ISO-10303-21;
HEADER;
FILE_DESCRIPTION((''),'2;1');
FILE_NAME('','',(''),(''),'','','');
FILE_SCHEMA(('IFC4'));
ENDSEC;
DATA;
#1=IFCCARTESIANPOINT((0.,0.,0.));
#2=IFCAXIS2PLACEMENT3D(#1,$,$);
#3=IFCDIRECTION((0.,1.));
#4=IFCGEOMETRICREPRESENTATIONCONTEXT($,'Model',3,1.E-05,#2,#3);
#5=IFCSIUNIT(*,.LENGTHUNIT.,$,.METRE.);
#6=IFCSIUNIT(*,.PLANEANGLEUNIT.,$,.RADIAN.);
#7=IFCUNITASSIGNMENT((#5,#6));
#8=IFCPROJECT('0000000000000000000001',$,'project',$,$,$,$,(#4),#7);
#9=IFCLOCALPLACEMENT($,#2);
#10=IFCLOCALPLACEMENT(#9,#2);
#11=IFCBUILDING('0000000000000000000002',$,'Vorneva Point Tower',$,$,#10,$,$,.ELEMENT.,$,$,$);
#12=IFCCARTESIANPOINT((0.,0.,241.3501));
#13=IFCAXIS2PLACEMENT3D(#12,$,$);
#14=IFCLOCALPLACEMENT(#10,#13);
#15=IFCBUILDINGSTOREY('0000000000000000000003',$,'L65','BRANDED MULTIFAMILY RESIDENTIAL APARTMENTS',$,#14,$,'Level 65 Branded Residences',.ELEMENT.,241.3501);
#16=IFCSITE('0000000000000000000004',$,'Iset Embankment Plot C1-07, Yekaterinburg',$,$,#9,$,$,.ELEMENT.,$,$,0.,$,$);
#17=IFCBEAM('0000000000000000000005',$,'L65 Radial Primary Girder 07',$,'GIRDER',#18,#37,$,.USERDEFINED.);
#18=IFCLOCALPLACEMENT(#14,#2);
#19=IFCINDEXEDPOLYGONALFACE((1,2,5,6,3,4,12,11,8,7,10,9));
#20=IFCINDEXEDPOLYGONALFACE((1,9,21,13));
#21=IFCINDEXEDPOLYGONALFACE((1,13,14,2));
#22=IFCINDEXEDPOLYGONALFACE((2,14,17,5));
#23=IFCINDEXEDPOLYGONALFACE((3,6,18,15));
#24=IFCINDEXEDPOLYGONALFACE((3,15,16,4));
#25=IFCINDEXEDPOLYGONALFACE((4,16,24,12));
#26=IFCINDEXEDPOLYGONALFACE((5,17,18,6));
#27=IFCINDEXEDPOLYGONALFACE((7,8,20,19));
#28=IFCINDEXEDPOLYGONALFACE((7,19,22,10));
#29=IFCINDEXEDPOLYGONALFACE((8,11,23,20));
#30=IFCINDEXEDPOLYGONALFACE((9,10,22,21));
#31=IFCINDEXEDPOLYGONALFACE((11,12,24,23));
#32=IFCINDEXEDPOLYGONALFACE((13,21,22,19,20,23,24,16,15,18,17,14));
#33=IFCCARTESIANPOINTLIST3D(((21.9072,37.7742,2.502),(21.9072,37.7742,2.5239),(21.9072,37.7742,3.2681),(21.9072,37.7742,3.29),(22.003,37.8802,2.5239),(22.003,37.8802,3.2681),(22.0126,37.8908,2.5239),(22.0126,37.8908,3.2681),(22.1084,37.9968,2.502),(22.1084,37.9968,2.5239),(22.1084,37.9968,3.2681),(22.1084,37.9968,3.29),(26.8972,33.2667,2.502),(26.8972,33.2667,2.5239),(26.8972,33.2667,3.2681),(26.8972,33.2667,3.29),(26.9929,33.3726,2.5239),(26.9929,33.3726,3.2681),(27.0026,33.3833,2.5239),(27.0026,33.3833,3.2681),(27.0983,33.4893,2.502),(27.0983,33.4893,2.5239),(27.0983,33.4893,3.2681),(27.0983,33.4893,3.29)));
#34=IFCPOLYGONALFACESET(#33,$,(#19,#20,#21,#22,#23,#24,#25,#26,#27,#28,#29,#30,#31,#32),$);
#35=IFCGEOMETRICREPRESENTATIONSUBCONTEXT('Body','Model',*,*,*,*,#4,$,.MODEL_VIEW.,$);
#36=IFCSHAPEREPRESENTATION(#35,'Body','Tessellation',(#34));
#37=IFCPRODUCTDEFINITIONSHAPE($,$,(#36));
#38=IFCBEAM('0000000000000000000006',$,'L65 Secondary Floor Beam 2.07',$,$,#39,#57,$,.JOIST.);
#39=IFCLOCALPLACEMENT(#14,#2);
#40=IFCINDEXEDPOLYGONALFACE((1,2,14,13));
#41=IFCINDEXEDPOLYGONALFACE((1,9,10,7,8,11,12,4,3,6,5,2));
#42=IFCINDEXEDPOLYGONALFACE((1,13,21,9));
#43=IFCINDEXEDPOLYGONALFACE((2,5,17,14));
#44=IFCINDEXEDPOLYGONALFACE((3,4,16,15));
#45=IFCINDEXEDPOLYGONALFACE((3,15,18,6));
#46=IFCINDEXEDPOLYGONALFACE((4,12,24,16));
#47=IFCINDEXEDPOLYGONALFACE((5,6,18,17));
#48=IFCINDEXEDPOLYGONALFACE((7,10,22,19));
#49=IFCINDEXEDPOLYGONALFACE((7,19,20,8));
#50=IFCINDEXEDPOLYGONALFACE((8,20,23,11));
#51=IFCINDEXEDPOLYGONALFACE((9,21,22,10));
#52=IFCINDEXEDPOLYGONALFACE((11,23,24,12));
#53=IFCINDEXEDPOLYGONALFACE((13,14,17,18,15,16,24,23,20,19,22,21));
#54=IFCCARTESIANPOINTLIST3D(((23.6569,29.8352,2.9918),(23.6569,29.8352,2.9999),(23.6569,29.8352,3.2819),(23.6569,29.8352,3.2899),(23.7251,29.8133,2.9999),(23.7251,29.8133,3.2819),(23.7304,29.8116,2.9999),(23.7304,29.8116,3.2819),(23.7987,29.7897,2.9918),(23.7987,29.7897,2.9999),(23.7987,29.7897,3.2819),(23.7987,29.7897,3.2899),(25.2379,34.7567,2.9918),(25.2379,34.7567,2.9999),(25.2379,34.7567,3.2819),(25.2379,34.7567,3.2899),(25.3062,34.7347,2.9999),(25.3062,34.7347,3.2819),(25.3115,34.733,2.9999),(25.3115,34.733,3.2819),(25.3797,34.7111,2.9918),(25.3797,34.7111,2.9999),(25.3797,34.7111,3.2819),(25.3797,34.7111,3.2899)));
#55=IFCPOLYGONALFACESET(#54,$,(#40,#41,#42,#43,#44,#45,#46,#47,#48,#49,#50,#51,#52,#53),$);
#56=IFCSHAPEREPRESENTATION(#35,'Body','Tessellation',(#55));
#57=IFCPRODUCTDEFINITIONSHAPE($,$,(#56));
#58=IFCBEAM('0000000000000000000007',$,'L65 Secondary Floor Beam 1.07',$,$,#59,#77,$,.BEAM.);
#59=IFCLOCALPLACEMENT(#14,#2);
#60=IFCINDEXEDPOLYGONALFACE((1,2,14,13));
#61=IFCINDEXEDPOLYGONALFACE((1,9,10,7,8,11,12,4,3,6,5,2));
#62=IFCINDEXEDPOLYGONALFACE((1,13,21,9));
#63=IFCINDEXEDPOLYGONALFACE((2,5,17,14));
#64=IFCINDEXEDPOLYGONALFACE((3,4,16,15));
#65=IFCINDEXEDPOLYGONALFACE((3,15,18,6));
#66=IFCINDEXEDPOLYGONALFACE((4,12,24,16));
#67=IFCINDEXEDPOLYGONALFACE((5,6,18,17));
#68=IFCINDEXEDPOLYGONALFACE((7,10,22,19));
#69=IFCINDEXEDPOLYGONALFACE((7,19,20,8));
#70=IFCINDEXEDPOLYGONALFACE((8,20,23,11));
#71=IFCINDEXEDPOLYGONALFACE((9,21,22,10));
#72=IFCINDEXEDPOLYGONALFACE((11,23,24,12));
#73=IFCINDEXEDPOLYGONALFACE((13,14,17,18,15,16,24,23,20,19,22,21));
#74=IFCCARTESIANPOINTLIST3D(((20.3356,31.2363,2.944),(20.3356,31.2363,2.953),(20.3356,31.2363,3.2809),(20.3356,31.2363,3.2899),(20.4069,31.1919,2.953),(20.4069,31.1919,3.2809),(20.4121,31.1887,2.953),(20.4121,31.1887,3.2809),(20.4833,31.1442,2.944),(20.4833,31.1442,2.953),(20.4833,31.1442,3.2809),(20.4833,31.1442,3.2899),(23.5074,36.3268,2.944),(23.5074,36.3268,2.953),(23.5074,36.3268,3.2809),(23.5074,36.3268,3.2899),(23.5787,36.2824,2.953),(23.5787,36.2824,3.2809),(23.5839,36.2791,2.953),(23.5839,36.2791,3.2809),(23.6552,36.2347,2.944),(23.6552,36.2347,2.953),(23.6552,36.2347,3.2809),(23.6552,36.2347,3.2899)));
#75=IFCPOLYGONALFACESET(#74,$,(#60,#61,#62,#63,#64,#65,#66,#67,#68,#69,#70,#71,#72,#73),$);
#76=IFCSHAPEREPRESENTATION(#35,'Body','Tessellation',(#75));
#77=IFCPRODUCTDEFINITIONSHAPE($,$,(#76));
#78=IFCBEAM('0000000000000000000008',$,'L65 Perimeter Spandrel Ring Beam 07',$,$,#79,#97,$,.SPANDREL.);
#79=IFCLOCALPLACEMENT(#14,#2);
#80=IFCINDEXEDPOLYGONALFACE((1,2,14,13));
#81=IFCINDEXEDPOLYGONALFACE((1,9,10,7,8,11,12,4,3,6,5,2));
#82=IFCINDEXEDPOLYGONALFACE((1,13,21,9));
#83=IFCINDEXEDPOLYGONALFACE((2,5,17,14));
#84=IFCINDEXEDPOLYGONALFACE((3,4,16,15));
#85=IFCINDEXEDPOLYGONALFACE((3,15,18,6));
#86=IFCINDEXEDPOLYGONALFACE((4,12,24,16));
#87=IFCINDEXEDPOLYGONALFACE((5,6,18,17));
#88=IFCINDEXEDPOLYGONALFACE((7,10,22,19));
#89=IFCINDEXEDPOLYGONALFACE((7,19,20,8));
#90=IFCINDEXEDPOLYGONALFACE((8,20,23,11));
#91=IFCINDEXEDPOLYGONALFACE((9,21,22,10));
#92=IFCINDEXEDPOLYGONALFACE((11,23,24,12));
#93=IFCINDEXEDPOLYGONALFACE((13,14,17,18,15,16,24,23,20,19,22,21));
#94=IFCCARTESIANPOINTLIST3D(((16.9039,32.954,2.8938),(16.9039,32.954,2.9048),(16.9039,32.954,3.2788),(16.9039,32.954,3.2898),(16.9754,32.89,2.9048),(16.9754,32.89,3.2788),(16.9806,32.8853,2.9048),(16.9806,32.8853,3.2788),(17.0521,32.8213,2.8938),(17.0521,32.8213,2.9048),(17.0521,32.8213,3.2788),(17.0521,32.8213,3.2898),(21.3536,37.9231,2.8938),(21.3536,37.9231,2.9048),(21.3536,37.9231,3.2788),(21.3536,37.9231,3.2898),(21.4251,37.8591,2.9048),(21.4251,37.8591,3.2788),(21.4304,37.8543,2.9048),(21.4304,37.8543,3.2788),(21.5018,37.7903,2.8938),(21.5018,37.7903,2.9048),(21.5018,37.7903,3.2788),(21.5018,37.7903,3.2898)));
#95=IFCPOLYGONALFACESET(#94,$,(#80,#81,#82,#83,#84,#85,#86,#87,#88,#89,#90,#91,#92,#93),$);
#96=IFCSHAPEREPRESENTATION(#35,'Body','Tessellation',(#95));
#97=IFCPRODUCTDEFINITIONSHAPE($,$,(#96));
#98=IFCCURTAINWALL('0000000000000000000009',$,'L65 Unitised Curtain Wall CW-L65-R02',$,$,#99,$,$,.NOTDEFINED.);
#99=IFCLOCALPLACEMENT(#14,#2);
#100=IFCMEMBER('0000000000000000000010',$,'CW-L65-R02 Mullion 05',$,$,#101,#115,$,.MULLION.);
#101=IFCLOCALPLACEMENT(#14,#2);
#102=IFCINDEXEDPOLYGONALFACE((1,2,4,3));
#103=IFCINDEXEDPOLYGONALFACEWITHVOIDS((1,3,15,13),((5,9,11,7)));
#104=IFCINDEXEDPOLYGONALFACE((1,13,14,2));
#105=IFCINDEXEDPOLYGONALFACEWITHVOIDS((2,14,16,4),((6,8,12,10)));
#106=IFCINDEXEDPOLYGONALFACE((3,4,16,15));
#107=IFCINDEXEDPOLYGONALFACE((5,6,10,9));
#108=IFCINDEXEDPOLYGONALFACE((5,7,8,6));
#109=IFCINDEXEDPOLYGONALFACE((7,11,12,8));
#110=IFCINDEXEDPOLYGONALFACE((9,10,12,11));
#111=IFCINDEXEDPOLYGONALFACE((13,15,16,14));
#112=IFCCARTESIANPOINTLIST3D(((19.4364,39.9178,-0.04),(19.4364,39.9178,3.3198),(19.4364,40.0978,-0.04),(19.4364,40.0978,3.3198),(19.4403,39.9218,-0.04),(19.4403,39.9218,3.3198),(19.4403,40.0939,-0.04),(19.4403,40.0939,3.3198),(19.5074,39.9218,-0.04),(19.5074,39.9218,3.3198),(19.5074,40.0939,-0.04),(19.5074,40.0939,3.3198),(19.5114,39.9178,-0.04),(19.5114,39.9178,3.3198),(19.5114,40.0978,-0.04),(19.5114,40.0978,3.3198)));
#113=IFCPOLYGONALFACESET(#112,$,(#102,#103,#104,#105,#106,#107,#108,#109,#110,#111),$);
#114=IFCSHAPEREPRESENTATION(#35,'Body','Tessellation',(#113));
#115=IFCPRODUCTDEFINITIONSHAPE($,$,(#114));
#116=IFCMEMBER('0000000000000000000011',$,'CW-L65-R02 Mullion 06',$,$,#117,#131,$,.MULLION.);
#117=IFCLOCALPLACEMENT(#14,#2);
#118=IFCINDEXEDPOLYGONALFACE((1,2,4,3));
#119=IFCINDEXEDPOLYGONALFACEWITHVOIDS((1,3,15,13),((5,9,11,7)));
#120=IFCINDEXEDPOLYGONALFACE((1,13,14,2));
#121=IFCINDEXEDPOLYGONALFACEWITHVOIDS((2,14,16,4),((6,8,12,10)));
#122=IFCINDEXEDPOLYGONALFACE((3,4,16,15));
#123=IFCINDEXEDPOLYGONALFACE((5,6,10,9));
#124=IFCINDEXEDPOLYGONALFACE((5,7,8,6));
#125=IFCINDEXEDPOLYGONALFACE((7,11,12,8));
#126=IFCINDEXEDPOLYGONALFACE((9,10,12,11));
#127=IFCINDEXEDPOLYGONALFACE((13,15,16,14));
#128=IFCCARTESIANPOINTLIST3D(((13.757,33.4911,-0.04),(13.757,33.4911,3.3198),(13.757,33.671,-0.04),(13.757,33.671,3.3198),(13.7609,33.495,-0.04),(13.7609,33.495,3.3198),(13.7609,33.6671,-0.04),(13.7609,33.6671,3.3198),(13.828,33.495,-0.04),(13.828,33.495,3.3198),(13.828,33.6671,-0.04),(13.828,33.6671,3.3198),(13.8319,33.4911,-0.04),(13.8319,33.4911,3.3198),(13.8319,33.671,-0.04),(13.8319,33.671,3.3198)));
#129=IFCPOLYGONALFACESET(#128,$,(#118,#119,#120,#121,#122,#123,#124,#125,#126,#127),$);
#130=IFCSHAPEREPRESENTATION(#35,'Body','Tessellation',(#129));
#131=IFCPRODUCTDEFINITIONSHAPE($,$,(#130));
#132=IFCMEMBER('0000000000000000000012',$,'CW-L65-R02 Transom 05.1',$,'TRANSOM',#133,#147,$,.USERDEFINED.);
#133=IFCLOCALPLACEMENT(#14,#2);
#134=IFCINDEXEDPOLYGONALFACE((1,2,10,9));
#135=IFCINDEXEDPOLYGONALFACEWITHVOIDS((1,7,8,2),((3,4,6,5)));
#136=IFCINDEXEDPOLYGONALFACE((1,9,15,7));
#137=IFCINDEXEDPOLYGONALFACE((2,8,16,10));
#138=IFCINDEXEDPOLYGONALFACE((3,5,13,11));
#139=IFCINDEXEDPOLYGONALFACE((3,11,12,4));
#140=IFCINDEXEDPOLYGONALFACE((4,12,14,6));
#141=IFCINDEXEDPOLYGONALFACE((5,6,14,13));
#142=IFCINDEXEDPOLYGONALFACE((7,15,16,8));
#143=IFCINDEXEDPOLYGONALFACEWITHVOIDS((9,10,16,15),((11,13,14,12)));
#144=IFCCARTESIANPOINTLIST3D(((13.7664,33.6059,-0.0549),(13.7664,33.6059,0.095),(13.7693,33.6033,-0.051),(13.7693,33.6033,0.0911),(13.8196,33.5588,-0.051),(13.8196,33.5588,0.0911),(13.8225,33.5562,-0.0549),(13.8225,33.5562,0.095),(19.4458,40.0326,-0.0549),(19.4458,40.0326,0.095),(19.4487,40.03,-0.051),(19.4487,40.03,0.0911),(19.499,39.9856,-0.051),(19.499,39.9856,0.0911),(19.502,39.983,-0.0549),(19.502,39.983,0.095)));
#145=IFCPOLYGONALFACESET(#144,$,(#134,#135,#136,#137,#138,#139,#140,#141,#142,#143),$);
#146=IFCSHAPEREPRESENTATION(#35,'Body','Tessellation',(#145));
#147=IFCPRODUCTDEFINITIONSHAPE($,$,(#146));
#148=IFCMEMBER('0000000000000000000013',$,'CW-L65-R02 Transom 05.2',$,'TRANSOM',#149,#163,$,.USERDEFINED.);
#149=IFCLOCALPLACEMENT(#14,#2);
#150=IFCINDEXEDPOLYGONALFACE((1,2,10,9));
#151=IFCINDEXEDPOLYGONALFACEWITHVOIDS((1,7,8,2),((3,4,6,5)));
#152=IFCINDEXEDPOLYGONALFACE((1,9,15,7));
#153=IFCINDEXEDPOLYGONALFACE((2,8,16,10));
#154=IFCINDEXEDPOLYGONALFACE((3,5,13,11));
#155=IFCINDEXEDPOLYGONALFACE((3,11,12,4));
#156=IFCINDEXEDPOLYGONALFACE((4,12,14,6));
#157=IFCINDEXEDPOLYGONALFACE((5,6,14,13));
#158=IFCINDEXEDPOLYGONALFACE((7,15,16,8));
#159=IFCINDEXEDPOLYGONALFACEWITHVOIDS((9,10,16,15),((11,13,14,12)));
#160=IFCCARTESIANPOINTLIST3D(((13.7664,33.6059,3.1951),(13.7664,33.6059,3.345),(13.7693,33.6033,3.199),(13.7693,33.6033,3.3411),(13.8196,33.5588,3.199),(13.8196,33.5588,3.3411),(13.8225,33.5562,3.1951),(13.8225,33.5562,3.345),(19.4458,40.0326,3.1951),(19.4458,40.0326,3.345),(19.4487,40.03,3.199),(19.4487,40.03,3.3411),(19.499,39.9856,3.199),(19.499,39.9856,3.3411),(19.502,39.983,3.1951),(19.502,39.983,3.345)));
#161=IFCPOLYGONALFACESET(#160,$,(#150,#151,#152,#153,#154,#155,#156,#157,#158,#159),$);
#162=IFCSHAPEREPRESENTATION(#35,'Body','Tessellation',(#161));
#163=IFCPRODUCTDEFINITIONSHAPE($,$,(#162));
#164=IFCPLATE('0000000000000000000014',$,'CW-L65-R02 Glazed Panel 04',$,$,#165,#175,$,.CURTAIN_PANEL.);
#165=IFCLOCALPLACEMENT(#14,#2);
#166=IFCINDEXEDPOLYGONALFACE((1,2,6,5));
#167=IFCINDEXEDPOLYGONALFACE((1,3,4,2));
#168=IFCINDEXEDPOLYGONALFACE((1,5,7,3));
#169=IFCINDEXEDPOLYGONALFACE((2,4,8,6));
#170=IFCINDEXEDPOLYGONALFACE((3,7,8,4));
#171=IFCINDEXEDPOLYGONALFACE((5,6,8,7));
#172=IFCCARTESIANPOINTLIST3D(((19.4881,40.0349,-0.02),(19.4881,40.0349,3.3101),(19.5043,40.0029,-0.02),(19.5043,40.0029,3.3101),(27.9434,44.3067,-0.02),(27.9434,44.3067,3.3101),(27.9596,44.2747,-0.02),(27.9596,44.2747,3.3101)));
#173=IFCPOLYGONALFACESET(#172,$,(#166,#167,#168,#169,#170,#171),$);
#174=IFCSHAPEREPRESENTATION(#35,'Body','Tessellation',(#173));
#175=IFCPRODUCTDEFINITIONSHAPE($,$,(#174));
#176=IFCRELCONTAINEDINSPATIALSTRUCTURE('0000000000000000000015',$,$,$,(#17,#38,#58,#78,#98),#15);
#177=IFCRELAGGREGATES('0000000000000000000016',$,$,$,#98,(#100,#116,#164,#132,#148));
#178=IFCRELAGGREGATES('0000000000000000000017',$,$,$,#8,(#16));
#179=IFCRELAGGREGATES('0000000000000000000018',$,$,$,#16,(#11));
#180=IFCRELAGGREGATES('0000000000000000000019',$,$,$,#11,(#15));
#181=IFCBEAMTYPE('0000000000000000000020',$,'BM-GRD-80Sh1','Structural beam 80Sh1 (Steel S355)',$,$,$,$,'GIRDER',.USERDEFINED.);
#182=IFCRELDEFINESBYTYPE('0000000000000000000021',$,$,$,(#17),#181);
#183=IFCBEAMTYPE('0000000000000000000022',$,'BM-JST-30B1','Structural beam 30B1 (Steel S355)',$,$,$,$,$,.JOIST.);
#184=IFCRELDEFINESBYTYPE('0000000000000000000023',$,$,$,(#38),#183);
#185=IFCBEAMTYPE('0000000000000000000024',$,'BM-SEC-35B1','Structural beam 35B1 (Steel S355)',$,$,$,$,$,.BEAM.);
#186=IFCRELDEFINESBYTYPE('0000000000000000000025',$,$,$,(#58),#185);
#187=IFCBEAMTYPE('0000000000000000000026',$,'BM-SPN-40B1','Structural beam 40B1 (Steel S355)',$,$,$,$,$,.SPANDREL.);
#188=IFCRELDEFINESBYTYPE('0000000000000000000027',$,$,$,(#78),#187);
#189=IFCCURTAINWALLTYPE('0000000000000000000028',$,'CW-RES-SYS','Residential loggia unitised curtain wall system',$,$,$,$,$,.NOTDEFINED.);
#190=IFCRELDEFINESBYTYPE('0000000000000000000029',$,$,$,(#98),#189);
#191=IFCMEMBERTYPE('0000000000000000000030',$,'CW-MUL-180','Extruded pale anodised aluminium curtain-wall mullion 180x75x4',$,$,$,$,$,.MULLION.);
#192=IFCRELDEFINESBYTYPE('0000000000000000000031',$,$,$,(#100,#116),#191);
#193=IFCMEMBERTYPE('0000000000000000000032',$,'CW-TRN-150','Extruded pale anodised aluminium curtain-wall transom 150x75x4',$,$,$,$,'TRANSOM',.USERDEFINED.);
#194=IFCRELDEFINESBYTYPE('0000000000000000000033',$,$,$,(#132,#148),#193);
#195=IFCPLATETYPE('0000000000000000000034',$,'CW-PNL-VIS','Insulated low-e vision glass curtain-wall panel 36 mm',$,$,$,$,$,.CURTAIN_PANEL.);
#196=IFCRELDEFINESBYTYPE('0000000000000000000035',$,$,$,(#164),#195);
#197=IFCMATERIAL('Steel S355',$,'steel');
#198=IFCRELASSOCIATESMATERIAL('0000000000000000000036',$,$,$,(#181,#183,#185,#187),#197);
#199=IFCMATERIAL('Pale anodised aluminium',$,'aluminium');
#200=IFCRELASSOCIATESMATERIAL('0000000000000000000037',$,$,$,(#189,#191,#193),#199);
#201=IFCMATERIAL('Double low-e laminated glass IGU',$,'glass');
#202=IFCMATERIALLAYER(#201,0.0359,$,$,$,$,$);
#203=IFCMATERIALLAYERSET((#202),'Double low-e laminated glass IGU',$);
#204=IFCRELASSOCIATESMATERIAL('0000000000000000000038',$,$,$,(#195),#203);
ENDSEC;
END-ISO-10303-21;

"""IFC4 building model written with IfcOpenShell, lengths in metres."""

from ifc_helpers import new_model, si_unit, direction, frame, origin, origin_2d, place, context, subcontext, project, spatial, rectangle, hollow_rectangle, i_section, extrude, material, layer, layer_set, material_profile, profile_set, type_object, element, aggregate, save


model = new_model("IFC4")

# Units and contexts
model_context = context("Model", 3, precision=1e-05, world=origin(), true_north=direction((0.0, 1.0)))
body_context = subcontext(model_context, "Body", "Model", "MODEL_VIEW")
ifc_project = project(units=[si_unit("LENGTHUNIT", "METRE"), si_unit("PLANEANGLEUNIT", "RADIAN")], contexts=[model_context])

# Site, building, storey
site_placement = place(None, origin())
site = spatial("IfcSite", under=ifc_project, at=site_placement, Name="Iset Embankment Plot C1-07, Yekaterinburg", CompositionType="ELEMENT", RefElevation=0.0)
building_placement = place(site_placement, origin())
building = spatial("IfcBuilding", under=site, at=building_placement, Name="Vorneva Point Tower", CompositionType="ELEMENT")
storey_placement = place(building_placement, frame((0.0, 0.0, 241.3501)))
storey = spatial("IfcBuildingStorey", under=building, at=storey_placement, Name="L65", Description="BRANDED MULTIFAMILY RESIDENTIAL APARTMENTS", LongName="Level 65 Branded Residences", CompositionType="ELEMENT", Elevation=241.3501)

# Beams
ifc_material_1 = material(Name="Steel S355", Category="steel")
ifc_material_profile_1 = material_profile(ifc_material_1, i_section(OverallWidth=0.3, OverallDepth=0.7881, WebThickness=0.0144, FlangeThickness=0.022, at=origin_2d()), Name="80Sh1")
ifc_profile_set_1 = profile_set([ifc_material_profile_1], Name="Steel S355")
beam_type_1 = type_object("IfcBeamType", Name="BM-GRD-80Sh1", Description="Structural beam 80Sh1 (Steel S355)", ElementType="GIRDER", PredefinedType="USERDEFINED", material=ifc_profile_set_1)
beam_1_placement = place(storey_placement, frame((22.0078, 37.8855, 2.896), z_axis=(0.742067, -0.670326, 0.0), x_axis=(0.670326, 0.742067, 0.0)))
element("IfcBeam", 1, at=beam_1_placement, inside=storey, type_object=beam_type_1, Name="L65 Radial Primary Girder 07", ObjectType="GIRDER", PredefinedType="USERDEFINED", context=body_context, shape_type="SweptSolid", body=[
    extrude(i_section(OverallWidth=0.3, OverallDepth=0.7881, WebThickness=0.0144, FlangeThickness=0.022, at=origin_2d()), origin(), (0.0, 0.0, 1.0), 6.7244),
])
ifc_material_profile_2 = material_profile(ifc_material_1, i_section(OverallWidth=0.1489, OverallDepth=0.2981, WebThickness=0.0056, FlangeThickness=0.0081, at=origin_2d()), Name="30B1")
ifc_profile_set_2 = profile_set([ifc_material_profile_2], Name="Steel S355")
beam_type_2 = type_object("IfcBeamType", Name="BM-JST-30B1", Description="Structural beam 30B1 (Steel S355)", PredefinedType="JOIST", material=ifc_profile_set_2)
beam_2_placement = place(storey_placement, frame((25.3088, 34.7339, 3.1409), z_axis=(-0.305865, -0.952075, 0.0), x_axis=(0.952075, -0.305865, 0.0)))
element("IfcBeam", 2, at=beam_2_placement, inside=storey, type_object=beam_type_2, Name="L65 Secondary Floor Beam 2.07", PredefinedType="JOIST", context=body_context, shape_type="SweptSolid", body=[
    extrude(i_section(OverallWidth=0.1489, OverallDepth=0.2981, WebThickness=0.0056, FlangeThickness=0.0081, at=origin_2d()), origin(), (0.0, 0.0, 1.0), 5.1692),
])
ifc_material_profile_3 = material_profile(ifc_material_1, i_section(OverallWidth=0.1741, OverallDepth=0.3459, WebThickness=0.0061, FlangeThickness=0.009, at=origin_2d()), Name="35B1")
ifc_profile_set_3 = profile_set([ifc_material_profile_3], Name="Steel S355")
beam_type_3 = type_object("IfcBeamType", Name="BM-SEC-35B1", Description="Structural beam 35B1 (Steel S355)", PredefinedType="BEAM", material=ifc_profile_set_3)
beam_3_placement = place(storey_placement, frame((23.5813, 36.2808, 3.1169), z_axis=(-0.528831, -0.848727, 0.0), x_axis=(0.848727, -0.528831, 0.0)))
element("IfcBeam", 3, at=beam_3_placement, inside=storey, type_object=beam_type_3, Name="L65 Secondary Floor Beam 1.07", PredefinedType="BEAM", context=body_context, shape_type="SweptSolid", body=[
    extrude(i_section(OverallWidth=0.1741, OverallDepth=0.3459, WebThickness=0.0061, FlangeThickness=0.009, at=origin_2d()), origin(), (0.0, 0.0, 1.0), 5.9978),
])
ifc_material_profile_4 = material_profile(ifc_material_1, i_section(OverallWidth=0.199, OverallDepth=0.396, WebThickness=0.0071, FlangeThickness=0.011, at=origin_2d()), Name="40B1")
ifc_profile_set_4 = profile_set([ifc_material_profile_4], Name="Steel S355")
beam_type_4 = type_object("IfcBeamType", Name="BM-SPN-40B1", Description="Structural beam 40B1 (Steel S355)", PredefinedType="SPANDREL", material=ifc_profile_set_4)
beam_4_placement = place(storey_placement, frame((21.4277, 37.8567, 3.0918), z_axis=(-0.667108, -0.744961, 0.0), x_axis=(0.744961, -0.667108, 0.0)))
element("IfcBeam", 4, at=beam_4_placement, inside=storey, type_object=beam_type_4, Name="L65 Perimeter Spandrel Ring Beam 07", PredefinedType="SPANDREL", context=body_context, shape_type="SweptSolid", body=[
    extrude(i_section(OverallWidth=0.199, OverallDepth=0.396, WebThickness=0.0071, FlangeThickness=0.011, at=origin_2d()), origin(), (0.0, 0.0, 1.0), 6.6702),
])

# Curtain wall, members, plate
ifc_material_2 = material(Name="Pale anodised aluminium", Category="aluminium")
curtain_wall_type = type_object("IfcCurtainWallType", Name="CW-RES-SYS", Description="Residential loggia unitised curtain wall system", PredefinedType="NOTDEFINED", material=ifc_material_2)
curtain_wall_placement = place(storey_placement, origin())
curtain_wall = element("IfcCurtainWall", 5, at=curtain_wall_placement, inside=storey, type_object=curtain_wall_type, Name="L65 Unitised Curtain Wall CW-L65-R02", PredefinedType="NOTDEFINED")
ifc_material_profile_5 = material_profile(ifc_material_2, hollow_rectangle(XDim=0.075, YDim=0.1799, WallThickness=0.0039, at=origin_2d()), Name="AL-MUL 180x75x4")
ifc_profile_set_5 = profile_set([ifc_material_profile_5], Name="Pale anodised aluminium")
member_type_1 = type_object("IfcMemberType", Name="CW-MUL-180", Description="Extruded pale anodised aluminium curtain-wall mullion 180x75x4", PredefinedType="MULLION", material=ifc_profile_set_5)
member_1_placement = place(storey_placement, frame((19.4739, 40.0078, -0.04), z_axis=(0.0, 0.0, 1.0), x_axis=(1.0, 0.0, 0.0)))
member_1 = element("IfcMember", 6, at=member_1_placement, type_object=member_type_1, Name="CW-L65-R02 Mullion 05", PredefinedType="MULLION", context=body_context, shape_type="SweptSolid", body=[
    extrude(hollow_rectangle(XDim=0.075, YDim=0.1799, WallThickness=0.0039, at=origin_2d()), origin(), (0.0, 0.0, 1.0), 3.3599),
])
member_2_placement = place(storey_placement, frame((13.7944, 33.5811, -0.04), z_axis=(0.0, 0.0, 1.0), x_axis=(1.0, 0.0, 0.0)))
member_2 = element("IfcMember", 7, at=member_2_placement, type_object=member_type_1, Name="CW-L65-R02 Mullion 06", PredefinedType="MULLION", context=body_context, shape_type="SweptSolid", body=[
    extrude(hollow_rectangle(XDim=0.075, YDim=0.1799, WallThickness=0.0039, at=origin_2d()), origin(), (0.0, 0.0, 1.0), 3.3599),
])
ifc_material_profile_6 = material_profile(ifc_material_2, hollow_rectangle(XDim=0.075, YDim=0.1499, WallThickness=0.0039, at=origin_2d()), Name="AL-TRN 150x75x4")
ifc_profile_set_6 = profile_set([ifc_material_profile_6], Name="Pale anodised aluminium")
member_type_2 = type_object("IfcMemberType", Name="CW-TRN-150", Description="Extruded pale anodised aluminium curtain-wall transom 150x75x4", ElementType="TRANSOM", PredefinedType="USERDEFINED", material=ifc_profile_set_6)
member_3_placement = place(storey_placement, frame((19.4739, 40.0078, 0.02), z_axis=(-0.662197, -0.74933, 0.0), x_axis=(0.74933, -0.662197, 0.0)))
member_3 = element("IfcMember", 8, at=member_3_placement, type_object=member_type_2, Name="CW-L65-R02 Transom 05.1", ObjectType="TRANSOM", PredefinedType="USERDEFINED", context=body_context, shape_type="SweptSolid", body=[
    extrude(hollow_rectangle(XDim=0.075, YDim=0.1499, WallThickness=0.0039, at=origin_2d()), origin(), (0.0, 0.0, 1.0), 8.5767),
])
member_4_placement = place(storey_placement, frame((19.4739, 40.0078, 3.27), z_axis=(-0.662197, -0.74933, 0.0), x_axis=(0.74933, -0.662197, 0.0)))
member_4 = element("IfcMember", 9, at=member_4_placement, type_object=member_type_2, Name="CW-L65-R02 Transom 05.2", ObjectType="TRANSOM", PredefinedType="USERDEFINED", context=body_context, shape_type="SweptSolid", body=[
    extrude(hollow_rectangle(XDim=0.075, YDim=0.1499, WallThickness=0.0039, at=origin_2d()), origin(), (0.0, 0.0, 1.0), 8.5767),
])
ifc_material_3 = material(Name="Double low-e laminated glass IGU", Category="glass")
ifc_layer_1 = layer(ifc_material_3, 0.0359)
ifc_layer_set_1 = layer_set([ifc_layer_1], Name="Double low-e laminated glass IGU")
plate_type = type_object("IfcPlateType", Name="CW-PNL-VIS", Description="Insulated low-e vision glass curtain-wall panel 36 mm", PredefinedType="CURTAIN_PANEL", material=ifc_layer_set_1)
plate_1_placement = place(storey_placement, frame((23.7239, 42.1548, -0.02), z_axis=(0.0, 0.0, 1.0), x_axis=(-0.892554, -0.45094, 0.0)))
plate_1 = element("IfcPlate", 10, at=plate_1_placement, type_object=plate_type, Name="CW-L65-R02 Glazed Panel 04", PredefinedType="CURTAIN_PANEL", context=body_context, shape_type="SweptSolid", body=[
    extrude(rectangle(XDim=9.4731, YDim=0.0359, at=origin_2d()), origin(), (0.0, 0.0, 1.0), 3.3301),
])
aggregate(curtain_wall, [member_1, member_2, plate_1, member_3, member_4])

save(model, "model.ifc")
